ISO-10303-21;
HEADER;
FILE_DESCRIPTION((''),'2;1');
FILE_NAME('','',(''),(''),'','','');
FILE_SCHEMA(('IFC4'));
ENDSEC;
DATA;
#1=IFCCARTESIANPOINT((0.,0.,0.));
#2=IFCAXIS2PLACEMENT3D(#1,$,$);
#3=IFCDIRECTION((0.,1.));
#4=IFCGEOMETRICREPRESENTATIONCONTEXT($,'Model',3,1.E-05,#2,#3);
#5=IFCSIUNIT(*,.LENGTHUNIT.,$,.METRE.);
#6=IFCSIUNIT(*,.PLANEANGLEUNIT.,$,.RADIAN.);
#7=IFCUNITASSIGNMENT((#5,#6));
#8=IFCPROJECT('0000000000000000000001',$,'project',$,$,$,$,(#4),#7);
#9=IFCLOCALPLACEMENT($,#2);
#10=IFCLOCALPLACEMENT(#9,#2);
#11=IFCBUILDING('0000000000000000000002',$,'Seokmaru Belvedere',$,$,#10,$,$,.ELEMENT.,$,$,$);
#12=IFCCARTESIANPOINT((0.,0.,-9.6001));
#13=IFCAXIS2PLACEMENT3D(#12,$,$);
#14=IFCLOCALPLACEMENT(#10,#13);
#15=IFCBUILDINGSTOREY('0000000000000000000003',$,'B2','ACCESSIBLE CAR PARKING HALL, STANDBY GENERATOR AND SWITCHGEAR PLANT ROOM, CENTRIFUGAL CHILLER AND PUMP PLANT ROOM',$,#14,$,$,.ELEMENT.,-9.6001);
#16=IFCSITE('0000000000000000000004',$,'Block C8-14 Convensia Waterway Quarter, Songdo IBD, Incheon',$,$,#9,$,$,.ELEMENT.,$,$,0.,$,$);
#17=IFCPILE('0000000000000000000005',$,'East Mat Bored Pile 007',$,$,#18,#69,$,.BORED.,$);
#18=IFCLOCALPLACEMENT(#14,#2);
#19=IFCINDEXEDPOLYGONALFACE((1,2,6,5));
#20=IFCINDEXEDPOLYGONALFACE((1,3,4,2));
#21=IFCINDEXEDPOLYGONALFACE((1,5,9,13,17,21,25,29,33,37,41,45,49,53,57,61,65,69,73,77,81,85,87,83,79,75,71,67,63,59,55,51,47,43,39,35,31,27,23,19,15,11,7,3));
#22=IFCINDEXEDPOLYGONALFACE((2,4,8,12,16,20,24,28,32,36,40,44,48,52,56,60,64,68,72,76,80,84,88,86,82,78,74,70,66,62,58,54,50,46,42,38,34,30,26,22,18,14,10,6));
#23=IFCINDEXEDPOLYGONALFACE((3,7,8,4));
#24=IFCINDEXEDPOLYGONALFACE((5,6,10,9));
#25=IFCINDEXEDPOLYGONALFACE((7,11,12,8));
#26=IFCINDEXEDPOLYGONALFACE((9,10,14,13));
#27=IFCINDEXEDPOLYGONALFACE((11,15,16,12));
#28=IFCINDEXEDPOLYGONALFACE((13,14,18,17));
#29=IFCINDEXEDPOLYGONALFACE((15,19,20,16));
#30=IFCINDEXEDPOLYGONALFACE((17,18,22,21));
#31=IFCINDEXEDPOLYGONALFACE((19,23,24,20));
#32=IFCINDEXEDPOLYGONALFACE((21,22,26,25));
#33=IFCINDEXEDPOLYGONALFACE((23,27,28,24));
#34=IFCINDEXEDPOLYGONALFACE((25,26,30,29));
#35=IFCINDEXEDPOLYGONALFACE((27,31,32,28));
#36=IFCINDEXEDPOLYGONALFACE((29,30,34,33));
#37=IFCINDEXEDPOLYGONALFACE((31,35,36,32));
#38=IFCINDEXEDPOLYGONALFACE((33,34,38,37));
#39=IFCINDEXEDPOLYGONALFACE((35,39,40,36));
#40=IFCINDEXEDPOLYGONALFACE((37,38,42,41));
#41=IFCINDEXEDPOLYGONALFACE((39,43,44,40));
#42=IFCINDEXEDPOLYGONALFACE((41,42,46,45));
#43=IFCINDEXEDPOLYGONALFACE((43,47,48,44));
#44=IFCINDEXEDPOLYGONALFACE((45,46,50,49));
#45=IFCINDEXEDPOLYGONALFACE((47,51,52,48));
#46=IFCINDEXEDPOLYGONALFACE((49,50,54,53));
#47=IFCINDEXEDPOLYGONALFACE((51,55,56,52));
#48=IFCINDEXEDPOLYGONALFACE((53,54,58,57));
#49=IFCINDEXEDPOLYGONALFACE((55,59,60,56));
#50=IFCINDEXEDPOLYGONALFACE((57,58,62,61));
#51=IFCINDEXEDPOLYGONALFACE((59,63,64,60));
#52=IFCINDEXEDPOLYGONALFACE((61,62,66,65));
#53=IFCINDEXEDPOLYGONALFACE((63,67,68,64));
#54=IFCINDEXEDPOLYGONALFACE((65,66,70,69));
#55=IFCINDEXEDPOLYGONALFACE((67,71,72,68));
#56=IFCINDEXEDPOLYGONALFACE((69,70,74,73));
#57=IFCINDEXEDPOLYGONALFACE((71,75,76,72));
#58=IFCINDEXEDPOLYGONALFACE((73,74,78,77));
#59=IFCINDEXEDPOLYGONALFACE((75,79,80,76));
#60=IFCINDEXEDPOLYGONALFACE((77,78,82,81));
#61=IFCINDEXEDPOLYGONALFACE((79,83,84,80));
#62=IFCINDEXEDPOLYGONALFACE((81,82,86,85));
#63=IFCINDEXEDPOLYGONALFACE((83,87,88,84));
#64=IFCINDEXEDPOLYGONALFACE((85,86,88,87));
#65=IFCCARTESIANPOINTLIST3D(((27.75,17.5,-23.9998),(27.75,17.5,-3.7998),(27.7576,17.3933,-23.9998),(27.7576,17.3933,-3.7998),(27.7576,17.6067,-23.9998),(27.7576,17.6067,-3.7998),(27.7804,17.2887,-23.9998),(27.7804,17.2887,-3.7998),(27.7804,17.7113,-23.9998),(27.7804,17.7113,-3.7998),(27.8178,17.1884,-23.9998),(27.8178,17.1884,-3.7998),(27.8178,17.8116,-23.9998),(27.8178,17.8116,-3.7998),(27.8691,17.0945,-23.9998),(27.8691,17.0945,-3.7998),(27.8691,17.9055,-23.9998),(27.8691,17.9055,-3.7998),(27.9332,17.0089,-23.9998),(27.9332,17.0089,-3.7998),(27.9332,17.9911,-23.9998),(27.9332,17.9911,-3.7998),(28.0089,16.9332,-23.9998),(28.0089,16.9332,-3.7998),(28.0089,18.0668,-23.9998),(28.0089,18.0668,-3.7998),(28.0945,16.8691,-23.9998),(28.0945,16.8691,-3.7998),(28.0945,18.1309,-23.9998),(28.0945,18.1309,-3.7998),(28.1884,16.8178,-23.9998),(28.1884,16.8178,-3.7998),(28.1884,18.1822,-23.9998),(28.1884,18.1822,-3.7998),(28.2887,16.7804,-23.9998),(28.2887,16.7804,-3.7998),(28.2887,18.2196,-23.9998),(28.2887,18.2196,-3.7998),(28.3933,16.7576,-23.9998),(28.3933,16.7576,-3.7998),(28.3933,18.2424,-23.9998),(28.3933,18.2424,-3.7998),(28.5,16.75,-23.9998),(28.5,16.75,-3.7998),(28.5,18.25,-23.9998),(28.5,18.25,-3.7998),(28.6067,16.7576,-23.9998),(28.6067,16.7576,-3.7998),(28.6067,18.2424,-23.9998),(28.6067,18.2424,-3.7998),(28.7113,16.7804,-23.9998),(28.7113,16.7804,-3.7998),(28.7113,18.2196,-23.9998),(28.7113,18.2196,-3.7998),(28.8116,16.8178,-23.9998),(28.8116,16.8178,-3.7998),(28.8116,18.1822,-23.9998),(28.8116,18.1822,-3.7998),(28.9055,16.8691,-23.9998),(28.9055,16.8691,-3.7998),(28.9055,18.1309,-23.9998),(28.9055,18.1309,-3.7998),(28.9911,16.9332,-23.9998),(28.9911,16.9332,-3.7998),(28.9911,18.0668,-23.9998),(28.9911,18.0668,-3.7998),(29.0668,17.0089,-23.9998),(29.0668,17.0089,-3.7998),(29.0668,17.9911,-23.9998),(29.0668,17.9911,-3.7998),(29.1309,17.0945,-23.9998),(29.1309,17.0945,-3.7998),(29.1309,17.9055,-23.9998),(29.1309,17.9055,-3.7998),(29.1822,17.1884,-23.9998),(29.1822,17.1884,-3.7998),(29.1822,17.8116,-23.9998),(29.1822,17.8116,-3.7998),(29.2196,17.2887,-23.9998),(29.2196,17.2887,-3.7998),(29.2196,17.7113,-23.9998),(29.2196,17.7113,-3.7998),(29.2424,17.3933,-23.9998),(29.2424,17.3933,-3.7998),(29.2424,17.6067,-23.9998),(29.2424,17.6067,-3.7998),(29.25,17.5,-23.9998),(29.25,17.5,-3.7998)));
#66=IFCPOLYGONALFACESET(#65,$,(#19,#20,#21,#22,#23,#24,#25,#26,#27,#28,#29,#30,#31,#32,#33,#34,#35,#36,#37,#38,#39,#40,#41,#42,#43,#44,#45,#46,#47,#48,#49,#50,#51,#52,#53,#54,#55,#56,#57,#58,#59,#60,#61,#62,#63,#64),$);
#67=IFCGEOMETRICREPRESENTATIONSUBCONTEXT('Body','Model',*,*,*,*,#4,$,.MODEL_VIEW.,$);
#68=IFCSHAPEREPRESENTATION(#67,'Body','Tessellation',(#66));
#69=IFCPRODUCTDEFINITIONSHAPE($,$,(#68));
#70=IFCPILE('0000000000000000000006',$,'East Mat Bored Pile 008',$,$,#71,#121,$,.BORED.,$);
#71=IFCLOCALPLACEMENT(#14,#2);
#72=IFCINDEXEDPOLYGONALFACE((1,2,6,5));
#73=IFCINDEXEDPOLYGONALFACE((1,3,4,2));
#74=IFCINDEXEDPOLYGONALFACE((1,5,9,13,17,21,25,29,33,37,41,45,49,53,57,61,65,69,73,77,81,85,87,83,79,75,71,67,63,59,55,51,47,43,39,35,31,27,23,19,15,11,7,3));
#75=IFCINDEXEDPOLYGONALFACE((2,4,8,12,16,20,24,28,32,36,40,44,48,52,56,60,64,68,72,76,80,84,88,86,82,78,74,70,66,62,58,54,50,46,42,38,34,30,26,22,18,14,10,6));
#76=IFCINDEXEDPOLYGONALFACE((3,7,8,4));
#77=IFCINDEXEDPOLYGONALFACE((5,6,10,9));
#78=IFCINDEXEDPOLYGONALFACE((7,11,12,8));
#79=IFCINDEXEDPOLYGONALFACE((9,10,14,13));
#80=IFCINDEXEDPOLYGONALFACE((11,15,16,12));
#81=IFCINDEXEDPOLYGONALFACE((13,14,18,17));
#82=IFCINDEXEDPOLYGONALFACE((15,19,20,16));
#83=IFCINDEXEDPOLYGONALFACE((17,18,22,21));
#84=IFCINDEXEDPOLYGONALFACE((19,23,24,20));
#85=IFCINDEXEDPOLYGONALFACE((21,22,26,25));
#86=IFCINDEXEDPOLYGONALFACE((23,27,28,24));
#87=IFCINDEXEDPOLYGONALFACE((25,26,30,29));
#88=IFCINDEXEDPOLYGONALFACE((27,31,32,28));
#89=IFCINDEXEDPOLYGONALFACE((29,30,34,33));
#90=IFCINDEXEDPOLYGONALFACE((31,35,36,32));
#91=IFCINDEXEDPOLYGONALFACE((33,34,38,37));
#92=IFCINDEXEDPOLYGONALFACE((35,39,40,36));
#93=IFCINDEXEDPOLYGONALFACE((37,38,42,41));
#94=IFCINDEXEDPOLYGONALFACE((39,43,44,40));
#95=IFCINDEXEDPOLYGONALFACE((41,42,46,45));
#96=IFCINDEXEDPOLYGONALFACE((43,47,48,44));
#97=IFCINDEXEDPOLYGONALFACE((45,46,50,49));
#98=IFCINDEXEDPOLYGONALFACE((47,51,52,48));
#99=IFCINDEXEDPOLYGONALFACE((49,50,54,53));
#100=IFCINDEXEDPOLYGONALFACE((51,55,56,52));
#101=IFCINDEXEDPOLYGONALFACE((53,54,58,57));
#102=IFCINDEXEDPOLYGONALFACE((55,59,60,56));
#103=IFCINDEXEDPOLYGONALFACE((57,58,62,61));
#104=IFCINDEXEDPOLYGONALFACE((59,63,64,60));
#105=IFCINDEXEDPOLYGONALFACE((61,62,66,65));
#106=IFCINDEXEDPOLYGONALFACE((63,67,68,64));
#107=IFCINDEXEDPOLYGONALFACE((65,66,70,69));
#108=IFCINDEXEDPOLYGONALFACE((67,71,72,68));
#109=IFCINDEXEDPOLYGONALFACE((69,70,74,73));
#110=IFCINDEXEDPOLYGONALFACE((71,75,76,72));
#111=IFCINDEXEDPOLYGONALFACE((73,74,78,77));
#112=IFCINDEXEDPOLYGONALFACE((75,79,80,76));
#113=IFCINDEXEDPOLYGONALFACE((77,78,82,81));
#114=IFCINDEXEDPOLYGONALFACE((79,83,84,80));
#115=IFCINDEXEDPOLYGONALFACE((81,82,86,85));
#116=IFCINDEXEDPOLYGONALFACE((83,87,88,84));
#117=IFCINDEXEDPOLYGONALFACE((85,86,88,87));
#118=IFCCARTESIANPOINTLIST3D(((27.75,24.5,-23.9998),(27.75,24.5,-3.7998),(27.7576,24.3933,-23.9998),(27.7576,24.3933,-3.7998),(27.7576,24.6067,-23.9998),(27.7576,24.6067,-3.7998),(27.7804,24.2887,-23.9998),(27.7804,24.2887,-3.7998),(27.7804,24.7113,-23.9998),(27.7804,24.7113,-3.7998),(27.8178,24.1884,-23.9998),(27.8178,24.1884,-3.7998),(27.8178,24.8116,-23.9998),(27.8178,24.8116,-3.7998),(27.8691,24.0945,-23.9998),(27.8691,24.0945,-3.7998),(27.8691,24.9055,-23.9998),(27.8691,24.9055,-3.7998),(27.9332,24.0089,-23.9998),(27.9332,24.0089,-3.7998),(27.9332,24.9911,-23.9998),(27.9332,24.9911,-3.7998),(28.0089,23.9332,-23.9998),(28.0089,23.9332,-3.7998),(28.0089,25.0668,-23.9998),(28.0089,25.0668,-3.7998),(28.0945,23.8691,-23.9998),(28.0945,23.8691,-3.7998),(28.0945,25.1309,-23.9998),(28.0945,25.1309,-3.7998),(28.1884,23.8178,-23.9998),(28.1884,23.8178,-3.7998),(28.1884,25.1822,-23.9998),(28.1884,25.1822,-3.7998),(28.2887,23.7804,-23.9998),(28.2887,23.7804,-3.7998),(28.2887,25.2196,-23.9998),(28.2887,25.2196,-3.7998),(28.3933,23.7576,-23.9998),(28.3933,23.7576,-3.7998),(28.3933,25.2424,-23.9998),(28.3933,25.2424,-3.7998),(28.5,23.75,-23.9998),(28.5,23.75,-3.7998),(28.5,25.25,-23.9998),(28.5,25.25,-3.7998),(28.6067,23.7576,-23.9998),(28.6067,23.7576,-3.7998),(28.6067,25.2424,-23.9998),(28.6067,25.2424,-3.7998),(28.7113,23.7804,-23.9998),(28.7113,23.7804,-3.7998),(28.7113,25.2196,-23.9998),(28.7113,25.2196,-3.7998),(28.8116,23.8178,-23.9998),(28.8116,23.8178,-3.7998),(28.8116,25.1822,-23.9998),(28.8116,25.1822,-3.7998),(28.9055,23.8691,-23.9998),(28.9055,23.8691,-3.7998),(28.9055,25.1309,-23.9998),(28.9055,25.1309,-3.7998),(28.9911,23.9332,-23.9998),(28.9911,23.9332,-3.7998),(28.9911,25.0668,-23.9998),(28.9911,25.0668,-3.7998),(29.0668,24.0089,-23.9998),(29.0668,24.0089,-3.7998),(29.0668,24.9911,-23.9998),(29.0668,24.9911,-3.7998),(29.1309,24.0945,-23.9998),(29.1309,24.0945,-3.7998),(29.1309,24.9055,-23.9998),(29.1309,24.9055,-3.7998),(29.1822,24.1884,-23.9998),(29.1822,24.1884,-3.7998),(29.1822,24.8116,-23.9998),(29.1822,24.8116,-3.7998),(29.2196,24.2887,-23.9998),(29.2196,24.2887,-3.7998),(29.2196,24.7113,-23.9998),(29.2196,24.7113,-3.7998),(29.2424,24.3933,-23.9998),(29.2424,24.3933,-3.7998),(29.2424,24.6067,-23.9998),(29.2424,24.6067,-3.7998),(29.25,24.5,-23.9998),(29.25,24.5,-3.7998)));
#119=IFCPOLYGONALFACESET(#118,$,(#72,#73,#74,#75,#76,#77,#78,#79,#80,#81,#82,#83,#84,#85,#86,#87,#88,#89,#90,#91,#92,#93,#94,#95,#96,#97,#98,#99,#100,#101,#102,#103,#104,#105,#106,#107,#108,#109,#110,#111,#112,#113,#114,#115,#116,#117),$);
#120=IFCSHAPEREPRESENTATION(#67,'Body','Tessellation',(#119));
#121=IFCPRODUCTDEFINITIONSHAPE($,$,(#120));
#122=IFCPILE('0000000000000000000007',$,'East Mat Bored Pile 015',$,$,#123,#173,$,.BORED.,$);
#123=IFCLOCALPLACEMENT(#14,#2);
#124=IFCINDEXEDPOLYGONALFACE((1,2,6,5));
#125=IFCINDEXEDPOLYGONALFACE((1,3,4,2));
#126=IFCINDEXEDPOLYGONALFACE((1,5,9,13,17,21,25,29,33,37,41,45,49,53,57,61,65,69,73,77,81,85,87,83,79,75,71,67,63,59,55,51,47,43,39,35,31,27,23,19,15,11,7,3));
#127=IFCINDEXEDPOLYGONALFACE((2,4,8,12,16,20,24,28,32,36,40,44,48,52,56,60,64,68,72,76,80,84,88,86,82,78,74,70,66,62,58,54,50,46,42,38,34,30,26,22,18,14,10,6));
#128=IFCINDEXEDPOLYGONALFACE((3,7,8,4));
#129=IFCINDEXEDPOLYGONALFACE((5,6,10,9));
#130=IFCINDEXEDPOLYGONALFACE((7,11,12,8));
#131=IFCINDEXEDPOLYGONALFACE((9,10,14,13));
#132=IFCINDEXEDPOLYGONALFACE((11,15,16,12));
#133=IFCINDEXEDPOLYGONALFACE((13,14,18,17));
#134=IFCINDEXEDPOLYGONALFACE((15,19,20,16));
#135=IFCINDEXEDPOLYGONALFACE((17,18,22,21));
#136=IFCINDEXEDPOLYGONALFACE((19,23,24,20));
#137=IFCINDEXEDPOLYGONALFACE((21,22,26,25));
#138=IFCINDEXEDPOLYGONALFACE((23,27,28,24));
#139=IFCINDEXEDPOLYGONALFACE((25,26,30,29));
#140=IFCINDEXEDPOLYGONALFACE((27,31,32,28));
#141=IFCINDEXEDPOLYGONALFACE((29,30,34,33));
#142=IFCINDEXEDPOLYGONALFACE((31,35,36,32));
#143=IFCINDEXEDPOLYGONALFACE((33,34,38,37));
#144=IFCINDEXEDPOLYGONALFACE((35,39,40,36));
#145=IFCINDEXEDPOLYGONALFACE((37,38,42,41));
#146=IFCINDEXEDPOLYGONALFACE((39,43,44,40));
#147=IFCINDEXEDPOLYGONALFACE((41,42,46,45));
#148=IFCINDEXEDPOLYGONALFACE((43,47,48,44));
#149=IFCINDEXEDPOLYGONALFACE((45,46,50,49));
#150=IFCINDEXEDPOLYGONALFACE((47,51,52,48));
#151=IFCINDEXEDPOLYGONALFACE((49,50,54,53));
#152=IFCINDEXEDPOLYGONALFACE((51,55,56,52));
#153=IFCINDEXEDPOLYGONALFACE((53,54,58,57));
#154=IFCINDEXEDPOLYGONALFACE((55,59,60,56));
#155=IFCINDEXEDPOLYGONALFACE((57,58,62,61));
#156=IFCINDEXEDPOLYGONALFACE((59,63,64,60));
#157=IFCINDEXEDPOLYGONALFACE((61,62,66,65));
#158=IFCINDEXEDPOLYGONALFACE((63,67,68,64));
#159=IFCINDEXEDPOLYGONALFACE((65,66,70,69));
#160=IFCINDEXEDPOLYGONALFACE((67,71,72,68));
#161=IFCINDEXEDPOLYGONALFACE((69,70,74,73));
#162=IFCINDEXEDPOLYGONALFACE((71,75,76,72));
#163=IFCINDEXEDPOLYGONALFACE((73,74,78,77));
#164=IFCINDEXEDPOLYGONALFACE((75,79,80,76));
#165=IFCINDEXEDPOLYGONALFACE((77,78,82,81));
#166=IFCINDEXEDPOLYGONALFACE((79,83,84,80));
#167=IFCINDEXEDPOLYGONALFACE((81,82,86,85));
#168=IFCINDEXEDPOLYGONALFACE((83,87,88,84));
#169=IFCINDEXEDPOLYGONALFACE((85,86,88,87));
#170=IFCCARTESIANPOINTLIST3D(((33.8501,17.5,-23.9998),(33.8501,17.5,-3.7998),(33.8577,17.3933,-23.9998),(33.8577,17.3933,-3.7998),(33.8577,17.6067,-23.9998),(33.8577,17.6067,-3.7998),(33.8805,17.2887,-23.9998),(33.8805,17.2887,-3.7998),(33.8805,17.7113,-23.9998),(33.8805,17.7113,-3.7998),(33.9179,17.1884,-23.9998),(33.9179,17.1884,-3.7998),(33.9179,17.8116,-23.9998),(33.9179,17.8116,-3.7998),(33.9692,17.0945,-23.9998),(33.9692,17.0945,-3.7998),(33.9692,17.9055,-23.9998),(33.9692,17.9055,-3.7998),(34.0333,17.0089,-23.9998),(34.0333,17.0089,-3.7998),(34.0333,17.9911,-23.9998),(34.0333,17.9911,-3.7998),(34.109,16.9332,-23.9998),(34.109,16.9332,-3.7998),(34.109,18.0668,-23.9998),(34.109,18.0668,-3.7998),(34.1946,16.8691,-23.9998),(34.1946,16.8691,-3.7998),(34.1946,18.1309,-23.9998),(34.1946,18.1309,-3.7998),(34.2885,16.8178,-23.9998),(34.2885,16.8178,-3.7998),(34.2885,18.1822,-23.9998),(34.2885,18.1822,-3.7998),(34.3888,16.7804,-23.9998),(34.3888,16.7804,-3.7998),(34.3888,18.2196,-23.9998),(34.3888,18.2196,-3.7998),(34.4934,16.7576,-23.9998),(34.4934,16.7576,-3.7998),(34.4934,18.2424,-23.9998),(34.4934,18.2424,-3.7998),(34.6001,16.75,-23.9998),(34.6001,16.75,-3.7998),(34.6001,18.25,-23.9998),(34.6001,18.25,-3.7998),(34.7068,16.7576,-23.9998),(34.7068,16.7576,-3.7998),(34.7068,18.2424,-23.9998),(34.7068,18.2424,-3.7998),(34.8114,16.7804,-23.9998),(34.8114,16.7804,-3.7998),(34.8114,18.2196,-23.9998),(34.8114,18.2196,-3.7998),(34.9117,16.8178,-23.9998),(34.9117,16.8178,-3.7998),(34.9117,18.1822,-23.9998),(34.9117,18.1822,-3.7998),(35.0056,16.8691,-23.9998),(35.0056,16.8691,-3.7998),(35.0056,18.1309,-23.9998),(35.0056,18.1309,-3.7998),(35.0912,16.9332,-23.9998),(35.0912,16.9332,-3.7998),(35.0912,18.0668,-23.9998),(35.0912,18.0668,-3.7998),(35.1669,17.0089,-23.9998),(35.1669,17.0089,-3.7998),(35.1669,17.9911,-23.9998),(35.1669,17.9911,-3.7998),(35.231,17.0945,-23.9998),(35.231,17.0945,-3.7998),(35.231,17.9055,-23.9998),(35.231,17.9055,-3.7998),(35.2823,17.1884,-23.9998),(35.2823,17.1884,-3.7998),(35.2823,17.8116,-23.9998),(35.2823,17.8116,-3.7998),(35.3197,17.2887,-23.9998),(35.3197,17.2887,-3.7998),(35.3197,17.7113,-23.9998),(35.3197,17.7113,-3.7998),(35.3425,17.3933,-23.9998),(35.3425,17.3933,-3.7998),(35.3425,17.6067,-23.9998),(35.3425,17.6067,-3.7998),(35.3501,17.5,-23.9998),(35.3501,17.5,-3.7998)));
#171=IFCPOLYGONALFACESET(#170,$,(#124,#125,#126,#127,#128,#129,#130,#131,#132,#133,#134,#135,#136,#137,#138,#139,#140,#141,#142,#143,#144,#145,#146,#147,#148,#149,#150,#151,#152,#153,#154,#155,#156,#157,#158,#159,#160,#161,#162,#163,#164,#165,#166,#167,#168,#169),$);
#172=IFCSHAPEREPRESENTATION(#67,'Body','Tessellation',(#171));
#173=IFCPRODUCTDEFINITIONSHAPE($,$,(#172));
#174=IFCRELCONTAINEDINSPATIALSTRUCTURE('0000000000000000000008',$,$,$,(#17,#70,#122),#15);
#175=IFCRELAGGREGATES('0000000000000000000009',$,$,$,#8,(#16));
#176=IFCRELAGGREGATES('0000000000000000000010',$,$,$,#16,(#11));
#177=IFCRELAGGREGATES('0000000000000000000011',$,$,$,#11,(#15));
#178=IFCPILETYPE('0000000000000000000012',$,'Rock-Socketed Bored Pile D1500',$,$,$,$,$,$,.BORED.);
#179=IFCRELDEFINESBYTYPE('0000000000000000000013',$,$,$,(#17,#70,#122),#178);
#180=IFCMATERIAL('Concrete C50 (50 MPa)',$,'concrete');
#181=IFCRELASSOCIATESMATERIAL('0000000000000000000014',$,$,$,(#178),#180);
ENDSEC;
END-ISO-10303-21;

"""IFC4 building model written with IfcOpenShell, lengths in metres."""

from ifc_helpers import new_model, si_unit, direction, frame, origin, origin_2d, place, context, subcontext, project, spatial, circle, extrude, source, transform, mapped, material, material_profile, profile_set, type_object, type_shapes, element, save


model = new_model("IFC4")

# Units and contexts
model_context = context("Model", 3, precision=1e-05, world=origin(), true_north=direction((0.0, 1.0)))
body_context = subcontext(model_context, "Body", "Model", "MODEL_VIEW")
ifc_project = project(units=[si_unit("LENGTHUNIT", "METRE"), si_unit("PLANEANGLEUNIT", "RADIAN")], contexts=[model_context])

# Site, building, storey
site_placement = place(None, origin())
site = spatial("IfcSite", under=ifc_project, at=site_placement, Name="Block C8-14 Convensia Waterway Quarter, Songdo IBD, Incheon", CompositionType="ELEMENT", RefElevation=0.0)
building_placement = place(site_placement, origin())
building = spatial("IfcBuilding", under=site, at=building_placement, Name="Seokmaru Belvedere", CompositionType="ELEMENT")
storey_placement = place(building_placement, frame((0.0, 0.0, -9.6001)))
storey = spatial("IfcBuildingStorey", under=building, at=storey_placement, Name="B2", Description="ACCESSIBLE CAR PARKING HALL, STANDBY GENERATOR AND SWITCHGEAR PLANT ROOM, CENTRIFUGAL CHILLER AND PUMP PLANT ROOM", CompositionType="ELEMENT", Elevation=-9.6001)

# Piles
ifc_material_1 = material(Name="Concrete C50 (50 MPa)", Category="concrete")
ifc_material_profile_1 = material_profile(ifc_material_1, circle(Radius=0.75, at=origin_2d()), Name="PILE-D1500")
ifc_profile_set_1 = profile_set([ifc_material_profile_1], Name="Concrete C50 (50 MPa)")
pile_type_1 = type_object("IfcPileType", Name="Rock-Socketed Bored Pile D1500", PredefinedType="BORED", material=ifc_profile_set_1)
shared_shape_1 = source(origin(), body_context, "Body", "SweptSolid", [
    extrude(circle(Radius=0.75, at=origin_2d()), origin(), (0.0, 0.0, 1.0), 20.2),
])
type_shapes(pile_type_1, [shared_shape_1])
for number, where, z_axis, x_axis, name in (
    (1, (28.5, 17.5, -3.7998), (0.0, 0.0, -1.0), (1.0, 0.0, 0.0), "East Mat Bored Pile 007"),
    (2, (28.5, 24.5, -3.7998), (0.0, 0.0, -1.0), (1.0, 0.0, 0.0), "East Mat Bored Pile 008"),
    (3, (34.6001, 17.5, -3.7998), (0.0, 0.0, -1.0), (1.0, 0.0, 0.0), "East Mat Bored Pile 015"),
):
    element("IfcPile", number, at=place(storey_placement, frame(where, z_axis=z_axis, x_axis=x_axis)), inside=storey, type_object=pile_type_1, Name=name, PredefinedType="BORED", context=body_context, shape_type="MappedRepresentation", body=[
        mapped(shared_shape_1, transform((0.0, 0.0, 0.0), scale=1.0)),
    ])

save(model, "model.ifc")
